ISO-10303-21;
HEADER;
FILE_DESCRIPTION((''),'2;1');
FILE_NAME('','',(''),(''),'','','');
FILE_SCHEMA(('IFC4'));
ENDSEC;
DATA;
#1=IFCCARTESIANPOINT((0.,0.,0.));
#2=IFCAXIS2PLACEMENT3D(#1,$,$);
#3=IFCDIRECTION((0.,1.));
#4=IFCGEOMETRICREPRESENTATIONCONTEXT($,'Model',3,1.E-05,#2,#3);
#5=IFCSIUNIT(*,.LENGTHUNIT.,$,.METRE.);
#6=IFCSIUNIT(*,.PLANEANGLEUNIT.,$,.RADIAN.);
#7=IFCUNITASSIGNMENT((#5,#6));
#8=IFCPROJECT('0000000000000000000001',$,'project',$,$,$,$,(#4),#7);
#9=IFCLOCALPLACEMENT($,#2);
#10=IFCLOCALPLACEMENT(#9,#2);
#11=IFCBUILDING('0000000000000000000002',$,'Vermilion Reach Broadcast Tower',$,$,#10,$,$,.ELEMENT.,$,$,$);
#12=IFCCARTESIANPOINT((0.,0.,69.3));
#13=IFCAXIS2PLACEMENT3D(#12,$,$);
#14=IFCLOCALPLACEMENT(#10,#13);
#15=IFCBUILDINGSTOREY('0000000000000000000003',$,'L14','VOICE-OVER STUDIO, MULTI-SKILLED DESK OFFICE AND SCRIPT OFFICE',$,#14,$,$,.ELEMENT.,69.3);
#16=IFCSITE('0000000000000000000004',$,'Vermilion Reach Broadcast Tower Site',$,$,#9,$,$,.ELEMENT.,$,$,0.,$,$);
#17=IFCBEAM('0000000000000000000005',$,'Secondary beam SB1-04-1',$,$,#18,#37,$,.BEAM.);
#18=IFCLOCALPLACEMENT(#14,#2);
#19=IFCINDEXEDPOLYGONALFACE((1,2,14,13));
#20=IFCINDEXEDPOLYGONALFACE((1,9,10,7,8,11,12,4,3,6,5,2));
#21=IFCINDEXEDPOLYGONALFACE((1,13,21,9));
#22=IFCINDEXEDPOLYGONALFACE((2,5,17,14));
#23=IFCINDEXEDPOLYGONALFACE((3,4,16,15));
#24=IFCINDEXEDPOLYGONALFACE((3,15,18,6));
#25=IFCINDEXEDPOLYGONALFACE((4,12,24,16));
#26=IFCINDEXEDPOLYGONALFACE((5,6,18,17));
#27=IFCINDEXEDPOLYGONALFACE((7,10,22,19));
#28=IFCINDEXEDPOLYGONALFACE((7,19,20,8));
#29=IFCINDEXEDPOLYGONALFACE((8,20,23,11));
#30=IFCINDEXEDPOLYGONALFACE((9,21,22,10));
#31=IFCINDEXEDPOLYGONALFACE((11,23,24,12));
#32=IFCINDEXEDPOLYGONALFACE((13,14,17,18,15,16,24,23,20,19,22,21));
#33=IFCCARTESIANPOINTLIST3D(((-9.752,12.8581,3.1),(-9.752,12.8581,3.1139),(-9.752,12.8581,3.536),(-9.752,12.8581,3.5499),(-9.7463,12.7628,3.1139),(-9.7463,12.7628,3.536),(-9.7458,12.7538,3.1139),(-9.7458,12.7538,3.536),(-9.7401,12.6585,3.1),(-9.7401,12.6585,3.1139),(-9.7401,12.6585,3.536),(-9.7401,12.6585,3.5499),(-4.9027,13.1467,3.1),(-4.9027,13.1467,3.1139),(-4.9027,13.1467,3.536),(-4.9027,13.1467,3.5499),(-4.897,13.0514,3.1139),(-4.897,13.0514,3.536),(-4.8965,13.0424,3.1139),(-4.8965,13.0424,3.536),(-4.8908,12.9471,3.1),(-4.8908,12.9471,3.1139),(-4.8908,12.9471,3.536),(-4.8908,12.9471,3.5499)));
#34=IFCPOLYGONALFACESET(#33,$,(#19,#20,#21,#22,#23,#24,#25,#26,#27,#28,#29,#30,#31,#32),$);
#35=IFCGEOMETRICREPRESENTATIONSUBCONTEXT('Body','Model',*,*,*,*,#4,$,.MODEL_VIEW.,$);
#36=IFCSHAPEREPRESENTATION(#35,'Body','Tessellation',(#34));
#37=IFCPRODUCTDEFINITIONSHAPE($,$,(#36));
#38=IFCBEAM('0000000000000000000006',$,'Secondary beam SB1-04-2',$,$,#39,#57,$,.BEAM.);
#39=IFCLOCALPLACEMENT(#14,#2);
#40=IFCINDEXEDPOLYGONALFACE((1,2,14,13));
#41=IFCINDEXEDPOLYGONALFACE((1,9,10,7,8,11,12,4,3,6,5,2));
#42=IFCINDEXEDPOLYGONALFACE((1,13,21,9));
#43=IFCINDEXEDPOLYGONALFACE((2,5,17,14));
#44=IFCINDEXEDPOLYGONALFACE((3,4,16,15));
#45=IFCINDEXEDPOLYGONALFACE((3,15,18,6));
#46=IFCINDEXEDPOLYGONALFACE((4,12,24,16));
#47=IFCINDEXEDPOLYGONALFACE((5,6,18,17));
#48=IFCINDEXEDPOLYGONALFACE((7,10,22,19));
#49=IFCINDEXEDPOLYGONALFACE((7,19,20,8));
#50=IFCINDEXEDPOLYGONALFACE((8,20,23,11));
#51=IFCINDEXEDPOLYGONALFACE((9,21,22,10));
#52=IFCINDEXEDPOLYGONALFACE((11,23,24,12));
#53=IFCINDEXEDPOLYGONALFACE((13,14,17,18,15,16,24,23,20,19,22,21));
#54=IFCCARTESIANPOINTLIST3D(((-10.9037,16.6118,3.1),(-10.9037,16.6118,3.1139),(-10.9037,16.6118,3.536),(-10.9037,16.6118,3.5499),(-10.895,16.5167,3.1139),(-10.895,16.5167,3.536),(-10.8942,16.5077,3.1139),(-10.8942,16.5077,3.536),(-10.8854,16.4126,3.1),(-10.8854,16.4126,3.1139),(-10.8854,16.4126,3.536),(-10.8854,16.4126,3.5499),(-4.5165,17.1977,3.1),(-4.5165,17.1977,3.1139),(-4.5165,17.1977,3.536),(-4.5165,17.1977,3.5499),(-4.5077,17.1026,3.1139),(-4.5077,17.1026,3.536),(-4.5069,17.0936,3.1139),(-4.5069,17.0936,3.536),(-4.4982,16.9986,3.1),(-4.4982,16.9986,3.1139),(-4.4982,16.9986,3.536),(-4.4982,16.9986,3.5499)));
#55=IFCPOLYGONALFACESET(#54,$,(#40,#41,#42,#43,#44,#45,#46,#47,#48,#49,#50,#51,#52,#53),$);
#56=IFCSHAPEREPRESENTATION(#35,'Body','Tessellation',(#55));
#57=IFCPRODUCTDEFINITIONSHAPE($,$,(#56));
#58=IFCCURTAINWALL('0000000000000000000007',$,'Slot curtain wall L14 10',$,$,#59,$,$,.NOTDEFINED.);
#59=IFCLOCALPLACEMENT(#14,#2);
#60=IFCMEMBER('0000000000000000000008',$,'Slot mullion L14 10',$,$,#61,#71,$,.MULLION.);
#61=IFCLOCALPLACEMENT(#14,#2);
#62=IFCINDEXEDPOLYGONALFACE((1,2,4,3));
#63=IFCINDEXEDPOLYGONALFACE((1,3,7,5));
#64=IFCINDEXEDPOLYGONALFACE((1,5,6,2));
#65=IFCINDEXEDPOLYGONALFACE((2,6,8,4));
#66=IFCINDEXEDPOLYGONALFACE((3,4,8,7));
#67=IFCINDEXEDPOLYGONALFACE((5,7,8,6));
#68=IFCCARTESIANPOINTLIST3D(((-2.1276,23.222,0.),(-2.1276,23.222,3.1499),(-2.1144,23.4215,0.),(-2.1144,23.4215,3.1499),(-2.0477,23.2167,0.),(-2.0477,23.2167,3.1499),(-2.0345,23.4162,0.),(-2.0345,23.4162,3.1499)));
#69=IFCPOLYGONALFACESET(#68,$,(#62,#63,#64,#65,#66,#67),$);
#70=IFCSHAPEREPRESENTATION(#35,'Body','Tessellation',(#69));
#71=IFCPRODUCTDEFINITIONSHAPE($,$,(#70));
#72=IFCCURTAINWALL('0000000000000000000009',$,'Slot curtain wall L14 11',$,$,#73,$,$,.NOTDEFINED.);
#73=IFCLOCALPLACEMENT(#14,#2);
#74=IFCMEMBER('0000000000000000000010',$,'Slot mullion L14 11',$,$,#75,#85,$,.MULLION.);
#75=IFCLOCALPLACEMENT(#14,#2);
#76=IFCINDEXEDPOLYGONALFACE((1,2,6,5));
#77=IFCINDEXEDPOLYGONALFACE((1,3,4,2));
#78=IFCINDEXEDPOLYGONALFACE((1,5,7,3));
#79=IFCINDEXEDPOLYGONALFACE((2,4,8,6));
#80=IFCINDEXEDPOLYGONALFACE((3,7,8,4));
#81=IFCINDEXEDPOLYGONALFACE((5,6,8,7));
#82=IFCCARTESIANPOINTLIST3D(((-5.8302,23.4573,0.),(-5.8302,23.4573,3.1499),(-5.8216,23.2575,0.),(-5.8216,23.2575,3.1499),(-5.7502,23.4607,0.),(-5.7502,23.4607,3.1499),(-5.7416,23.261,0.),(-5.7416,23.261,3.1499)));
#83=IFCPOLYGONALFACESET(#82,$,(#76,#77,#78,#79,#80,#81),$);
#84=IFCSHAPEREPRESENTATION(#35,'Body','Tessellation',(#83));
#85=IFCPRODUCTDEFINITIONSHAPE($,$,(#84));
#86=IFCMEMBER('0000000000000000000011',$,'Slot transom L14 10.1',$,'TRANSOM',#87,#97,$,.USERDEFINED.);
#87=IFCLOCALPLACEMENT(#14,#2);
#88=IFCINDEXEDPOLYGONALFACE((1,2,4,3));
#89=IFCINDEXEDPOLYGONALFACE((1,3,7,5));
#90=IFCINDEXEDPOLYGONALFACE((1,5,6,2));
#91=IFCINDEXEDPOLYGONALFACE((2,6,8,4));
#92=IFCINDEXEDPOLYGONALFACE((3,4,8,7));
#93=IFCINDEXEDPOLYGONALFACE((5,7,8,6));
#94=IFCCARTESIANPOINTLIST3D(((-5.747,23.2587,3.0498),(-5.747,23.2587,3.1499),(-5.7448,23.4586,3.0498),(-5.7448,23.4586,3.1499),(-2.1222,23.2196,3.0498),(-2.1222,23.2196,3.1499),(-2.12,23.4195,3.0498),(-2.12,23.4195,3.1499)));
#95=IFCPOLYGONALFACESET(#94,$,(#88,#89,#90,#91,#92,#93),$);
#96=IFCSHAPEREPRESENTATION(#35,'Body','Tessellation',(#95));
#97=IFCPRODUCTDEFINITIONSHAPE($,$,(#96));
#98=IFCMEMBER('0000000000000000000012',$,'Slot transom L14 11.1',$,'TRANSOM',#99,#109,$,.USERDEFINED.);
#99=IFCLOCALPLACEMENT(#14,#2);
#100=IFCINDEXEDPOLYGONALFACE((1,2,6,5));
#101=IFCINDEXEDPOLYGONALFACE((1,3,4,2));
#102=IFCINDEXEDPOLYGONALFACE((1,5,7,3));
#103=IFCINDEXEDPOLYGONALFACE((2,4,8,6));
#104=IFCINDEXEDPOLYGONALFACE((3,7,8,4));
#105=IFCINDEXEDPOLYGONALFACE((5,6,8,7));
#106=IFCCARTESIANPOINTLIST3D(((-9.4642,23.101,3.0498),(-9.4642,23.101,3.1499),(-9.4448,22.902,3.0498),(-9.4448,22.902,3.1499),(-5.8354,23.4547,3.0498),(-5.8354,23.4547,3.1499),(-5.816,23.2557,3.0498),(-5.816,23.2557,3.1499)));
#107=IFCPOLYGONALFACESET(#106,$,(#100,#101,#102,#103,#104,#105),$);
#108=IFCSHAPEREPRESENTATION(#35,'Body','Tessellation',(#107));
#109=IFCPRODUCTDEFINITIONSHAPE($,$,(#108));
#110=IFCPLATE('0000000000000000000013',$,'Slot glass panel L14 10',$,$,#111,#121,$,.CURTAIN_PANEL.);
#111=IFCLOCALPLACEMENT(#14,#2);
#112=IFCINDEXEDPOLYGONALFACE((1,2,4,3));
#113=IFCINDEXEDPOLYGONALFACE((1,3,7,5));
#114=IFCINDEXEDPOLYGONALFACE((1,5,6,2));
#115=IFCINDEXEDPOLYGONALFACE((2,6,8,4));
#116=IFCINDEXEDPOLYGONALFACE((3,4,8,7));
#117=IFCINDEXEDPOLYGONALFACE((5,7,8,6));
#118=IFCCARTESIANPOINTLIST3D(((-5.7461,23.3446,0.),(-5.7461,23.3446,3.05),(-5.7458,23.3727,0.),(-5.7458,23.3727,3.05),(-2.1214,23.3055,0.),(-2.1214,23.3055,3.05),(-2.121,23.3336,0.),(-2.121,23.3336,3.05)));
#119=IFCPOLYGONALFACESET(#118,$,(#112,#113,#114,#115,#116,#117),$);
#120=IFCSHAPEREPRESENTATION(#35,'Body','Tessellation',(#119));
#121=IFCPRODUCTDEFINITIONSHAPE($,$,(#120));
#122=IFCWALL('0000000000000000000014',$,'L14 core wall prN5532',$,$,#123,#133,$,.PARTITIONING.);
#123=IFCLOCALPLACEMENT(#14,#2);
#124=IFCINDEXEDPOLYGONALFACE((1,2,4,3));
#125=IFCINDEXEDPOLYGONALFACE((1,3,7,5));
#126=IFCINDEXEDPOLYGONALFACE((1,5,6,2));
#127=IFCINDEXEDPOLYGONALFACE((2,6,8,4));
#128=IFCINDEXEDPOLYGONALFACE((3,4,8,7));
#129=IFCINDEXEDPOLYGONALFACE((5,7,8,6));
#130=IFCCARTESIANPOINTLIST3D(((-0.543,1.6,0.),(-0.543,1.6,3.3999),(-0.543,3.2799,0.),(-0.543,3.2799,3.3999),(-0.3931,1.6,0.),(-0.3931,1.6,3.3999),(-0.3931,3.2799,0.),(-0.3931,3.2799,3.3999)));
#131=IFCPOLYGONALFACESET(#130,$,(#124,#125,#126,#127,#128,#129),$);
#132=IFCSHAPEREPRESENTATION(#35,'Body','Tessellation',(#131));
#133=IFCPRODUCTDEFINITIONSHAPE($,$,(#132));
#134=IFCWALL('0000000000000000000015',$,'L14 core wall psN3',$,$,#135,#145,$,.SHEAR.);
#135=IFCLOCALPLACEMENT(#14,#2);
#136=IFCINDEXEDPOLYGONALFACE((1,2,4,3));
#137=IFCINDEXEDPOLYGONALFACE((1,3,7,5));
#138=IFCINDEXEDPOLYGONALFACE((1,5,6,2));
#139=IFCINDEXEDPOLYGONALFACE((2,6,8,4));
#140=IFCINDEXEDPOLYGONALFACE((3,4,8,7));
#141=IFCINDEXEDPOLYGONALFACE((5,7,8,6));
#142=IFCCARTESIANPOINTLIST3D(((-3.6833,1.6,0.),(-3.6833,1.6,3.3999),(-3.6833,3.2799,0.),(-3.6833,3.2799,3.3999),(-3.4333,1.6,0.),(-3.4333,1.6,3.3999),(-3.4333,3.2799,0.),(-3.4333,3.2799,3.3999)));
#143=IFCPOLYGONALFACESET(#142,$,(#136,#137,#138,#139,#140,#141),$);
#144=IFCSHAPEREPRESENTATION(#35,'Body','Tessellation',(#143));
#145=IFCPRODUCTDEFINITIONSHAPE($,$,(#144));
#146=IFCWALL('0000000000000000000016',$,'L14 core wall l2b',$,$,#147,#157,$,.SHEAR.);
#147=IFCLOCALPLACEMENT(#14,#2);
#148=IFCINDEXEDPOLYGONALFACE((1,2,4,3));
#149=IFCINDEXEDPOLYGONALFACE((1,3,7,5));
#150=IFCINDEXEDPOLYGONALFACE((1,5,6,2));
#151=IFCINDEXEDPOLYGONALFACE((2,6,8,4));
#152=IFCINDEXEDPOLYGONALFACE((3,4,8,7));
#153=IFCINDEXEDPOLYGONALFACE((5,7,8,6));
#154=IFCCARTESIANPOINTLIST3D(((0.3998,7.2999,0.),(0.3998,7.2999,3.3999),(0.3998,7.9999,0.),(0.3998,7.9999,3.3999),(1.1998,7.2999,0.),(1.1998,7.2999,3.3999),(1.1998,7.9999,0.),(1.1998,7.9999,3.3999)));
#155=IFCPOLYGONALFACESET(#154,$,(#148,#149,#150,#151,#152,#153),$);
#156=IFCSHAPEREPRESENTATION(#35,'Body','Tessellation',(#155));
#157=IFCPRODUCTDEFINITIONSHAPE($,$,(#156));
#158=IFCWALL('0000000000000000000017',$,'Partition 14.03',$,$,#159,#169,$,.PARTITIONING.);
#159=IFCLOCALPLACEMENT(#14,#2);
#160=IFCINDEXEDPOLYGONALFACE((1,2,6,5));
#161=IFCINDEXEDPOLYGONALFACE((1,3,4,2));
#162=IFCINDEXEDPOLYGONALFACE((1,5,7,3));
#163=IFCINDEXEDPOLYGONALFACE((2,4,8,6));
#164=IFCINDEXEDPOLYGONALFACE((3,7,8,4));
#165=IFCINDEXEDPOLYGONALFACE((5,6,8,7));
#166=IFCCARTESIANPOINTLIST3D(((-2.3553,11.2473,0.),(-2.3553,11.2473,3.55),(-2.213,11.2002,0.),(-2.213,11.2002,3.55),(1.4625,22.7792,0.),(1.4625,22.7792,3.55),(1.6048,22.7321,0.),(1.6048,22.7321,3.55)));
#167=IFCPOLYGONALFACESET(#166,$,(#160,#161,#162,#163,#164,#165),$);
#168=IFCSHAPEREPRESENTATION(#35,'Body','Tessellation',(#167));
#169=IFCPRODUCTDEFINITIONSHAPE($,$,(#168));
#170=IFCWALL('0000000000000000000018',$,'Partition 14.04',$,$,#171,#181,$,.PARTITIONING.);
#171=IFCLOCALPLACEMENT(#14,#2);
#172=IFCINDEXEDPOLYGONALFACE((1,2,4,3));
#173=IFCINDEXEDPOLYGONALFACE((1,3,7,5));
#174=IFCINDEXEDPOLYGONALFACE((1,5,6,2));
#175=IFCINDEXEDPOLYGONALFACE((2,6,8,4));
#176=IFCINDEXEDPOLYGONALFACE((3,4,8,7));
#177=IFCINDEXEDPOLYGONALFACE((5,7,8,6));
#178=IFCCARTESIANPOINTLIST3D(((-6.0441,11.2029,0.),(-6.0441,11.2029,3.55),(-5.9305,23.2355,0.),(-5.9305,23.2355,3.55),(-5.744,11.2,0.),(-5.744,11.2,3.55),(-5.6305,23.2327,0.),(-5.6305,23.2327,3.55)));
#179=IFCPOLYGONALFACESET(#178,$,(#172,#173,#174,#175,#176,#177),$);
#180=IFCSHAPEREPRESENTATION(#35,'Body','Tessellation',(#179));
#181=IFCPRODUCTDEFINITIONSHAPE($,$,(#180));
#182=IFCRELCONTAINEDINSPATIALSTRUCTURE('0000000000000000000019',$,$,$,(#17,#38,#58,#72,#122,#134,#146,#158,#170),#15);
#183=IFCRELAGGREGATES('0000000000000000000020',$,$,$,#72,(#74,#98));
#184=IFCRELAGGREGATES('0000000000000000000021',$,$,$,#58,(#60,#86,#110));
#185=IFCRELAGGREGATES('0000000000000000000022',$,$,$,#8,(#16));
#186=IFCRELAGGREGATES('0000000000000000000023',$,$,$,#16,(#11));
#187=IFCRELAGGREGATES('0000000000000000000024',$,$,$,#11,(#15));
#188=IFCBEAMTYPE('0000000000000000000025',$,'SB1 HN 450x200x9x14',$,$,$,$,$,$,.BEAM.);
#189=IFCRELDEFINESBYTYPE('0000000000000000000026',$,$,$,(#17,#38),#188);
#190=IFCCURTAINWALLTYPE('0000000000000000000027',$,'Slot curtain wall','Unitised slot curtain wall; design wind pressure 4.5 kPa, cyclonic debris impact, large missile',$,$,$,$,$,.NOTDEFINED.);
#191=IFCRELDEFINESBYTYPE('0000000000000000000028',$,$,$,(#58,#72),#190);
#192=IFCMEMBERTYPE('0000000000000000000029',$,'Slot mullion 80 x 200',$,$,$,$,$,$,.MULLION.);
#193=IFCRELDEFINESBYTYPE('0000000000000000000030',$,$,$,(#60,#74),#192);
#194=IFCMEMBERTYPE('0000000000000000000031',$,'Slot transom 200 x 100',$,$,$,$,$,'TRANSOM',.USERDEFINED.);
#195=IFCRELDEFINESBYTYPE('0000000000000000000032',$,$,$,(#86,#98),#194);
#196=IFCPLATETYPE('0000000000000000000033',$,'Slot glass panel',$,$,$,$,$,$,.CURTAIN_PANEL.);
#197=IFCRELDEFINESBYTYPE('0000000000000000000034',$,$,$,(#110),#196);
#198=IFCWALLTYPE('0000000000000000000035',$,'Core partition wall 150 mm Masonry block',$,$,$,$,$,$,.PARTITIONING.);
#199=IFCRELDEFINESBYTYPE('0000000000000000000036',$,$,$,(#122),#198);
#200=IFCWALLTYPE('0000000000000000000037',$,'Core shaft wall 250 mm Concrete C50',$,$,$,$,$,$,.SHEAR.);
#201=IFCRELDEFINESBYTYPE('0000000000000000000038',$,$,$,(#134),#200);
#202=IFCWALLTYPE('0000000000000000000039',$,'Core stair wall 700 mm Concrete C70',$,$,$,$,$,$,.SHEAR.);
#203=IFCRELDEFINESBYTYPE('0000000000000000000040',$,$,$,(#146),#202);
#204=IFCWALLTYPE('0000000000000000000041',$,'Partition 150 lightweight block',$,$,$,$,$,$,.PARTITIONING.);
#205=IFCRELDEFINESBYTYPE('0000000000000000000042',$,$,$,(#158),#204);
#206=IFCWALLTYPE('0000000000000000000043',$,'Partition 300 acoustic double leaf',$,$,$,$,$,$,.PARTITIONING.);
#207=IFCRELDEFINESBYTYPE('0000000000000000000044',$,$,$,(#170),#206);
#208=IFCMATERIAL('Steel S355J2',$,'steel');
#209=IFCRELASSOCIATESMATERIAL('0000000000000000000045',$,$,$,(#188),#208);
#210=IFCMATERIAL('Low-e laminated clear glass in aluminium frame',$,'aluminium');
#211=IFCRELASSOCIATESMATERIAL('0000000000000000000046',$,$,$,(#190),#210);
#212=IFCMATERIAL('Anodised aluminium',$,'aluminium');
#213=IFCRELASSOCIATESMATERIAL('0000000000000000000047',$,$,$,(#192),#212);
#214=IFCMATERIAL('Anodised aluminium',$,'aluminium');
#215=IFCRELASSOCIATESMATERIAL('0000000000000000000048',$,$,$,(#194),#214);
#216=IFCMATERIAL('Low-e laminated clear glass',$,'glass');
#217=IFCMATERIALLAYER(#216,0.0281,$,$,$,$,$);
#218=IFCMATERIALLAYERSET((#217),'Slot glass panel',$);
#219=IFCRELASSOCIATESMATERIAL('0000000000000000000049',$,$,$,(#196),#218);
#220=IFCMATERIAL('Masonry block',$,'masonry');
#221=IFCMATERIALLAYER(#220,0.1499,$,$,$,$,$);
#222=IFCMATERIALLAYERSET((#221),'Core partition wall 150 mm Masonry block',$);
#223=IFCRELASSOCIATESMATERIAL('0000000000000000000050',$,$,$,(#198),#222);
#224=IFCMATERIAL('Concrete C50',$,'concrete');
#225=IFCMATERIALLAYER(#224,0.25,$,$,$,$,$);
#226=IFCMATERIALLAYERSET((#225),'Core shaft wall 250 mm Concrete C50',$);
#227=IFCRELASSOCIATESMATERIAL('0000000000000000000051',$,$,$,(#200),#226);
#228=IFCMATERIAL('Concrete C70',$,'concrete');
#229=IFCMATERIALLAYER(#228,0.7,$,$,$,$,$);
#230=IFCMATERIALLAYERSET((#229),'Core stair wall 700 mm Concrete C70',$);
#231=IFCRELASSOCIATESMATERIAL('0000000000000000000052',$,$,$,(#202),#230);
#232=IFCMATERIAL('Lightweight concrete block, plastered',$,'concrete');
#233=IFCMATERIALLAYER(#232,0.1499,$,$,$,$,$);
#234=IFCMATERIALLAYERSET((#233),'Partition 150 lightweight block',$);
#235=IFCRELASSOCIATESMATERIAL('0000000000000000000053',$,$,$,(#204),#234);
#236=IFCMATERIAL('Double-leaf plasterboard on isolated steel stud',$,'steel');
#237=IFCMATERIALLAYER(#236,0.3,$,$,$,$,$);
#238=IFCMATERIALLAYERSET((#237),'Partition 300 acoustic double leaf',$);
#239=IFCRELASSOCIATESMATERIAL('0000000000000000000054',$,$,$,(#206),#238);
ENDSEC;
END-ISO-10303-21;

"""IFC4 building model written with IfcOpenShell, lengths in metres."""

from ifc_helpers import new_model, si_unit, direction, frame, frame_2d, origin, origin_2d, place, context, subcontext, project, spatial, rectangle, i_section, extrude, material, layer, layer_set, material_profile, profile_set, type_object, element, aggregate, save


model = new_model("IFC4")

# Units and contexts
model_context = context("Model", 3, precision=1e-05, world=origin(), true_north=direction((0.0, 1.0)))
body_context = subcontext(model_context, "Body", "Model", "MODEL_VIEW")
ifc_project = project(units=[si_unit("LENGTHUNIT", "METRE"), si_unit("PLANEANGLEUNIT", "RADIAN")], contexts=[model_context])

# Site, building, storey
site_placement = place(None, origin())
site = spatial("IfcSite", under=ifc_project, at=site_placement, Name="Vermilion Reach Broadcast Tower Site", CompositionType="ELEMENT", RefElevation=0.0)
building_placement = place(site_placement, origin())
building = spatial("IfcBuilding", under=site, at=building_placement, Name="Vermilion Reach Broadcast Tower", CompositionType="ELEMENT")
storey_placement = place(building_placement, frame((0.0, 0.0, 69.3)))
storey = spatial("IfcBuildingStorey", under=building, at=storey_placement, Name="L14", Description="VOICE-OVER STUDIO, MULTI-SKILLED DESK OFFICE AND SCRIPT OFFICE", CompositionType="ELEMENT", Elevation=69.3)

# Beams
ifc_material_1 = material(Name="Steel S355J2", Category="steel")
ifc_material_profile_1 = material_profile(ifc_material_1, i_section(OverallWidth=0.2, OverallDepth=0.45, WebThickness=0.009, FlangeThickness=0.0139, at=origin_2d()), Name="S355J2 HN 450x200x9x14")
ifc_profile_set_1 = profile_set([ifc_material_profile_1], Name="Steel S355J2")
beam_type_1 = type_object("IfcBeamType", Name="SB1 HN 450x200x9x14", PredefinedType="BEAM", material=ifc_profile_set_1)
beam_1_placement = place(storey_placement, frame((-4.8967, 13.0469, 3.325), z_axis=(-0.998234, -0.059403, 0.0), x_axis=(0.059403, -0.998234, 0.0)))
element("IfcBeam", 1, at=beam_1_placement, inside=storey, type_object=beam_type_1, Name="Secondary beam SB1-04-1", PredefinedType="BEAM", context=body_context, shape_type="SweptSolid", body=[
    extrude(i_section(OverallWidth=0.2, OverallDepth=0.45, WebThickness=0.009, FlangeThickness=0.0139, at=origin_2d()), origin(), (0.0, 0.0, 1.0), 4.8579),
])
beam_2_placement = place(storey_placement, frame((-4.5073, 17.0981, 3.325), z_axis=(-0.995819, -0.091353, 0.0), x_axis=(0.091353, -0.995819, 0.0)))
element("IfcBeam", 2, at=beam_2_placement, inside=storey, type_object=beam_type_1, Name="Secondary beam SB1-04-2", PredefinedType="BEAM", context=body_context, shape_type="SweptSolid", body=[
    extrude(i_section(OverallWidth=0.2, OverallDepth=0.45, WebThickness=0.009, FlangeThickness=0.0139, at=origin_2d()), origin(), (0.0, 0.0, 1.0), 6.4141),
])

# Curtain walls, members
ifc_material_2 = material(Name="Low-e laminated clear glass in aluminium frame", Category="aluminium")
curtain_wall_type = type_object("IfcCurtainWallType", Name="Slot curtain wall", Description="Unitised slot curtain wall; design wind pressure 4.5 kPa, cyclonic debris impact, large missile", PredefinedType="NOTDEFINED", material=ifc_material_2)
placement = place(storey_placement, origin())
curtain_wall_1 = element("IfcCurtainWall", 3, at=placement, inside=storey, type_object=curtain_wall_type, Name="Slot curtain wall L14 10", PredefinedType="NOTDEFINED")
ifc_material_3 = material(Name="Anodised aluminium", Category="aluminium")
ifc_material_profile_2 = material_profile(ifc_material_3, rectangle(XDim=0.2, YDim=0.0801, at=origin_2d()), Name="Slot mullion 80 x 200")
ifc_profile_set_2 = profile_set([ifc_material_profile_2], Name="Anodised aluminium")
member_type_1 = type_object("IfcMemberType", Name="Slot mullion 80 x 200", PredefinedType="MULLION", material=ifc_profile_set_2)
member_1_placement = place(storey_placement, frame((-2.0811, 23.3191, 0.0), z_axis=(0.0, 0.0, 1.0), x_axis=(-0.065595, -0.997846, 0.0)))
member_1 = element("IfcMember", 4, at=member_1_placement, type_object=member_type_1, Name="Slot mullion L14 10", PredefinedType="MULLION", context=body_context, shape_type="SweptSolid", body=[
    extrude(rectangle(XDim=0.2, YDim=0.0801, at=origin_2d()), origin(), (0.0, 0.0, 1.0), 3.1499),
])
curtain_wall_2 = element("IfcCurtainWall", 5, at=placement, inside=storey, type_object=curtain_wall_type, Name="Slot curtain wall L14 11", PredefinedType="NOTDEFINED")
member_2_placement = place(storey_placement, frame((-5.7859, 23.3591, 0.0), z_axis=(0.0, 0.0, 1.0), x_axis=(0.043167, -0.999068, 0.0)))
member_2 = element("IfcMember", 6, at=member_2_placement, type_object=member_type_1, Name="Slot mullion L14 11", PredefinedType="MULLION", context=body_context, shape_type="SweptSolid", body=[
    extrude(rectangle(XDim=0.2, YDim=0.0801, at=origin_2d()), origin(), (0.0, 0.0, 1.0), 3.1499),
])

# Members
ifc_material_4 = material(Name="Anodised aluminium", Category="aluminium")
ifc_material_profile_3 = material_profile(ifc_material_4, rectangle(XDim=0.2, YDim=0.1001, at=origin_2d()), Name="Slot transom 200 x 100")
ifc_profile_set_3 = profile_set([ifc_material_profile_3], Name="Anodised aluminium")
member_type_2 = type_object("IfcMemberType", Name="Slot transom 200 x 100", ElementType="TRANSOM", PredefinedType="USERDEFINED", material=ifc_profile_set_3)
member_3_placement = place(storey_placement, frame((-2.1211, 23.3196, 3.0999), z_axis=(-0.999942, 0.010776, 0.0), x_axis=(-0.010776, -0.999942, 0.0)))
member_3 = element("IfcMember", 7, at=member_3_placement, type_object=member_type_2, Name="Slot transom L14 10.1", ObjectType="TRANSOM", PredefinedType="USERDEFINED", context=body_context, shape_type="SweptSolid", body=[
    extrude(rectangle(XDim=0.2, YDim=0.1001, at=origin_2d()), origin(), (0.0, 0.0, 1.0), 3.625),
])
member_4_placement = place(storey_placement, frame((-5.8257, 23.3552, 3.0999), z_axis=(-0.995282, -0.097024, 0.0), x_axis=(0.097024, -0.995282, 0.0)))
member_4 = element("IfcMember", 8, at=member_4_placement, type_object=member_type_2, Name="Slot transom L14 11.1", ObjectType="TRANSOM", PredefinedType="USERDEFINED", context=body_context, shape_type="SweptSolid", body=[
    extrude(rectangle(XDim=0.2, YDim=0.1001, at=origin_2d()), origin(), (0.0, 0.0, 1.0), 3.646),
])
aggregate(curtain_wall_2, [member_2, member_4])

# Plate
ifc_material_5 = material(Name="Low-e laminated clear glass", Category="glass")
ifc_layer_1 = layer(ifc_material_5, 0.0281)
ifc_layer_set_1 = layer_set([ifc_layer_1], Name="Slot glass panel")
plate_type = type_object("IfcPlateType", Name="Slot glass panel", PredefinedType="CURTAIN_PANEL", material=ifc_layer_set_1)
plate_placement = place(storey_placement, frame((-3.9336, 23.3391, 0.0), z_axis=(0.0, 0.0, 1.0), x_axis=(-0.999942, 0.010778, 0.0)))
plate = element("IfcPlate", 9, at=plate_placement, type_object=plate_type, Name="Slot glass panel L14 10", PredefinedType="CURTAIN_PANEL", context=body_context, shape_type="SweptSolid", body=[
    extrude(rectangle(XDim=3.625, YDim=0.0281, at=origin_2d()), origin(), (0.0, 0.0, 1.0), 3.05),
])
aggregate(curtain_wall_1, [member_1, member_3, plate])

# Walls
ifc_material_6 = material(Name="Masonry block", Category="masonry")
ifc_layer_2 = layer(ifc_material_6, 0.1499)
ifc_layer_set_2 = layer_set([ifc_layer_2], Name="Core partition wall 150 mm Masonry block")
wall_type_1 = type_object("IfcWallType", Name="Core partition wall 150 mm Masonry block", PredefinedType="PARTITIONING", material=ifc_layer_set_2)
wall_1_placement = place(storey_placement, frame((-0.468, 1.6001, 0.0), z_axis=(0.0, 0.0, 1.0), x_axis=(0.0, 1.0, 0.0)))
element("IfcWall", 10, at=wall_1_placement, inside=storey, type_object=wall_type_1, Name="L14 core wall prN5532", PredefinedType="PARTITIONING", context=body_context, shape_type="SweptSolid", body=[
    extrude(rectangle(XDim=1.6799, YDim=0.1499, at=frame_2d((0.8398, 0.0))), origin(), (0.0, 0.0, 1.0), 3.3999),
])
ifc_material_7 = material(Name="Concrete C50", Category="concrete")
ifc_layer_3 = layer(ifc_material_7, 0.25)
ifc_layer_set_3 = layer_set([ifc_layer_3], Name="Core shaft wall 250 mm Concrete C50")
wall_type_2 = type_object("IfcWallType", Name="Core shaft wall 250 mm Concrete C50", PredefinedType="SHEAR", material=ifc_layer_set_3)
wall_2_placement = place(storey_placement, frame((-3.5583, 1.6001, 0.0), z_axis=(0.0, 0.0, 1.0), x_axis=(0.0, 1.0, 0.0)))
element("IfcWall", 11, at=wall_2_placement, inside=storey, type_object=wall_type_2, Name="L14 core wall psN3", PredefinedType="SHEAR", context=body_context, shape_type="SweptSolid", body=[
    extrude(rectangle(XDim=1.6799, YDim=0.25, at=frame_2d((0.8398, 0.0))), origin(), (0.0, 0.0, 1.0), 3.3999),
])
ifc_material_8 = material(Name="Concrete C70", Category="concrete")
ifc_layer_4 = layer(ifc_material_8, 0.7)
ifc_layer_set_4 = layer_set([ifc_layer_4], Name="Core stair wall 700 mm Concrete C70")
wall_type_3 = type_object("IfcWallType", Name="Core stair wall 700 mm Concrete C70", PredefinedType="SHEAR", material=ifc_layer_set_4)
wall_3_placement = place(storey_placement, frame((0.3999, 7.6499, 0.0), z_axis=(0.0, 0.0, 1.0), x_axis=(1.0, 0.0, 0.0)))
element("IfcWall", 12, at=wall_3_placement, inside=storey, type_object=wall_type_3, Name="L14 core wall l2b", PredefinedType="SHEAR", context=body_context, shape_type="SweptSolid", body=[
    extrude(rectangle(XDim=0.8, YDim=0.7, at=frame_2d((0.3999, 0.0))), origin(), (0.0, 0.0, 1.0), 3.3999),
])
ifc_material_9 = material(Name="Lightweight concrete block, plastered", Category="concrete")
ifc_layer_5 = layer(ifc_material_9, 0.1499)
ifc_layer_set_5 = layer_set([ifc_layer_5], Name="Partition 150 lightweight block")
wall_type_4 = type_object("IfcWallType", Name="Partition 150 lightweight block", PredefinedType="PARTITIONING", material=ifc_layer_set_5)
wall_4_placement = place(storey_placement, frame((1.5337, 22.7556, 0.0), z_axis=(0.0, 0.0, 1.0), x_axis=(-0.314292, -0.949326, 0.0)))
element("IfcWall", 13, at=wall_4_placement, inside=storey, type_object=wall_type_4, Name="Partition 14.03", PredefinedType="PARTITIONING", context=body_context, shape_type="SweptSolid", body=[
    extrude(rectangle(XDim=12.1475, YDim=0.1499, at=frame_2d((6.0737, 0.0))), origin(), (0.0, 0.0, 1.0), 3.55),
])
ifc_material_10 = material(Name="Double-leaf plasterboard on isolated steel stud", Category="steel")
ifc_layer_6 = layer(ifc_material_10, 0.3)
ifc_layer_set_6 = layer_set([ifc_layer_6], Name="Partition 300 acoustic double leaf")
wall_type_5 = type_object("IfcWallType", Name="Partition 300 acoustic double leaf", PredefinedType="PARTITIONING", material=ifc_layer_set_6)
wall_5_placement = place(storey_placement, frame((-5.7805, 23.2341, 0.0), z_axis=(0.0, 0.0, 1.0), x_axis=(-0.009434, -0.999955, 0.0)))
element("IfcWall", 14, at=wall_5_placement, inside=storey, type_object=wall_type_5, Name="Partition 14.04", PredefinedType="PARTITIONING", context=body_context, shape_type="SweptSolid", body=[
    extrude(rectangle(XDim=12.0332, YDim=0.3, at=frame_2d((6.0166, 0.0))), origin(), (0.0, 0.0, 1.0), 3.55),
])

save(model, "model.ifc")
